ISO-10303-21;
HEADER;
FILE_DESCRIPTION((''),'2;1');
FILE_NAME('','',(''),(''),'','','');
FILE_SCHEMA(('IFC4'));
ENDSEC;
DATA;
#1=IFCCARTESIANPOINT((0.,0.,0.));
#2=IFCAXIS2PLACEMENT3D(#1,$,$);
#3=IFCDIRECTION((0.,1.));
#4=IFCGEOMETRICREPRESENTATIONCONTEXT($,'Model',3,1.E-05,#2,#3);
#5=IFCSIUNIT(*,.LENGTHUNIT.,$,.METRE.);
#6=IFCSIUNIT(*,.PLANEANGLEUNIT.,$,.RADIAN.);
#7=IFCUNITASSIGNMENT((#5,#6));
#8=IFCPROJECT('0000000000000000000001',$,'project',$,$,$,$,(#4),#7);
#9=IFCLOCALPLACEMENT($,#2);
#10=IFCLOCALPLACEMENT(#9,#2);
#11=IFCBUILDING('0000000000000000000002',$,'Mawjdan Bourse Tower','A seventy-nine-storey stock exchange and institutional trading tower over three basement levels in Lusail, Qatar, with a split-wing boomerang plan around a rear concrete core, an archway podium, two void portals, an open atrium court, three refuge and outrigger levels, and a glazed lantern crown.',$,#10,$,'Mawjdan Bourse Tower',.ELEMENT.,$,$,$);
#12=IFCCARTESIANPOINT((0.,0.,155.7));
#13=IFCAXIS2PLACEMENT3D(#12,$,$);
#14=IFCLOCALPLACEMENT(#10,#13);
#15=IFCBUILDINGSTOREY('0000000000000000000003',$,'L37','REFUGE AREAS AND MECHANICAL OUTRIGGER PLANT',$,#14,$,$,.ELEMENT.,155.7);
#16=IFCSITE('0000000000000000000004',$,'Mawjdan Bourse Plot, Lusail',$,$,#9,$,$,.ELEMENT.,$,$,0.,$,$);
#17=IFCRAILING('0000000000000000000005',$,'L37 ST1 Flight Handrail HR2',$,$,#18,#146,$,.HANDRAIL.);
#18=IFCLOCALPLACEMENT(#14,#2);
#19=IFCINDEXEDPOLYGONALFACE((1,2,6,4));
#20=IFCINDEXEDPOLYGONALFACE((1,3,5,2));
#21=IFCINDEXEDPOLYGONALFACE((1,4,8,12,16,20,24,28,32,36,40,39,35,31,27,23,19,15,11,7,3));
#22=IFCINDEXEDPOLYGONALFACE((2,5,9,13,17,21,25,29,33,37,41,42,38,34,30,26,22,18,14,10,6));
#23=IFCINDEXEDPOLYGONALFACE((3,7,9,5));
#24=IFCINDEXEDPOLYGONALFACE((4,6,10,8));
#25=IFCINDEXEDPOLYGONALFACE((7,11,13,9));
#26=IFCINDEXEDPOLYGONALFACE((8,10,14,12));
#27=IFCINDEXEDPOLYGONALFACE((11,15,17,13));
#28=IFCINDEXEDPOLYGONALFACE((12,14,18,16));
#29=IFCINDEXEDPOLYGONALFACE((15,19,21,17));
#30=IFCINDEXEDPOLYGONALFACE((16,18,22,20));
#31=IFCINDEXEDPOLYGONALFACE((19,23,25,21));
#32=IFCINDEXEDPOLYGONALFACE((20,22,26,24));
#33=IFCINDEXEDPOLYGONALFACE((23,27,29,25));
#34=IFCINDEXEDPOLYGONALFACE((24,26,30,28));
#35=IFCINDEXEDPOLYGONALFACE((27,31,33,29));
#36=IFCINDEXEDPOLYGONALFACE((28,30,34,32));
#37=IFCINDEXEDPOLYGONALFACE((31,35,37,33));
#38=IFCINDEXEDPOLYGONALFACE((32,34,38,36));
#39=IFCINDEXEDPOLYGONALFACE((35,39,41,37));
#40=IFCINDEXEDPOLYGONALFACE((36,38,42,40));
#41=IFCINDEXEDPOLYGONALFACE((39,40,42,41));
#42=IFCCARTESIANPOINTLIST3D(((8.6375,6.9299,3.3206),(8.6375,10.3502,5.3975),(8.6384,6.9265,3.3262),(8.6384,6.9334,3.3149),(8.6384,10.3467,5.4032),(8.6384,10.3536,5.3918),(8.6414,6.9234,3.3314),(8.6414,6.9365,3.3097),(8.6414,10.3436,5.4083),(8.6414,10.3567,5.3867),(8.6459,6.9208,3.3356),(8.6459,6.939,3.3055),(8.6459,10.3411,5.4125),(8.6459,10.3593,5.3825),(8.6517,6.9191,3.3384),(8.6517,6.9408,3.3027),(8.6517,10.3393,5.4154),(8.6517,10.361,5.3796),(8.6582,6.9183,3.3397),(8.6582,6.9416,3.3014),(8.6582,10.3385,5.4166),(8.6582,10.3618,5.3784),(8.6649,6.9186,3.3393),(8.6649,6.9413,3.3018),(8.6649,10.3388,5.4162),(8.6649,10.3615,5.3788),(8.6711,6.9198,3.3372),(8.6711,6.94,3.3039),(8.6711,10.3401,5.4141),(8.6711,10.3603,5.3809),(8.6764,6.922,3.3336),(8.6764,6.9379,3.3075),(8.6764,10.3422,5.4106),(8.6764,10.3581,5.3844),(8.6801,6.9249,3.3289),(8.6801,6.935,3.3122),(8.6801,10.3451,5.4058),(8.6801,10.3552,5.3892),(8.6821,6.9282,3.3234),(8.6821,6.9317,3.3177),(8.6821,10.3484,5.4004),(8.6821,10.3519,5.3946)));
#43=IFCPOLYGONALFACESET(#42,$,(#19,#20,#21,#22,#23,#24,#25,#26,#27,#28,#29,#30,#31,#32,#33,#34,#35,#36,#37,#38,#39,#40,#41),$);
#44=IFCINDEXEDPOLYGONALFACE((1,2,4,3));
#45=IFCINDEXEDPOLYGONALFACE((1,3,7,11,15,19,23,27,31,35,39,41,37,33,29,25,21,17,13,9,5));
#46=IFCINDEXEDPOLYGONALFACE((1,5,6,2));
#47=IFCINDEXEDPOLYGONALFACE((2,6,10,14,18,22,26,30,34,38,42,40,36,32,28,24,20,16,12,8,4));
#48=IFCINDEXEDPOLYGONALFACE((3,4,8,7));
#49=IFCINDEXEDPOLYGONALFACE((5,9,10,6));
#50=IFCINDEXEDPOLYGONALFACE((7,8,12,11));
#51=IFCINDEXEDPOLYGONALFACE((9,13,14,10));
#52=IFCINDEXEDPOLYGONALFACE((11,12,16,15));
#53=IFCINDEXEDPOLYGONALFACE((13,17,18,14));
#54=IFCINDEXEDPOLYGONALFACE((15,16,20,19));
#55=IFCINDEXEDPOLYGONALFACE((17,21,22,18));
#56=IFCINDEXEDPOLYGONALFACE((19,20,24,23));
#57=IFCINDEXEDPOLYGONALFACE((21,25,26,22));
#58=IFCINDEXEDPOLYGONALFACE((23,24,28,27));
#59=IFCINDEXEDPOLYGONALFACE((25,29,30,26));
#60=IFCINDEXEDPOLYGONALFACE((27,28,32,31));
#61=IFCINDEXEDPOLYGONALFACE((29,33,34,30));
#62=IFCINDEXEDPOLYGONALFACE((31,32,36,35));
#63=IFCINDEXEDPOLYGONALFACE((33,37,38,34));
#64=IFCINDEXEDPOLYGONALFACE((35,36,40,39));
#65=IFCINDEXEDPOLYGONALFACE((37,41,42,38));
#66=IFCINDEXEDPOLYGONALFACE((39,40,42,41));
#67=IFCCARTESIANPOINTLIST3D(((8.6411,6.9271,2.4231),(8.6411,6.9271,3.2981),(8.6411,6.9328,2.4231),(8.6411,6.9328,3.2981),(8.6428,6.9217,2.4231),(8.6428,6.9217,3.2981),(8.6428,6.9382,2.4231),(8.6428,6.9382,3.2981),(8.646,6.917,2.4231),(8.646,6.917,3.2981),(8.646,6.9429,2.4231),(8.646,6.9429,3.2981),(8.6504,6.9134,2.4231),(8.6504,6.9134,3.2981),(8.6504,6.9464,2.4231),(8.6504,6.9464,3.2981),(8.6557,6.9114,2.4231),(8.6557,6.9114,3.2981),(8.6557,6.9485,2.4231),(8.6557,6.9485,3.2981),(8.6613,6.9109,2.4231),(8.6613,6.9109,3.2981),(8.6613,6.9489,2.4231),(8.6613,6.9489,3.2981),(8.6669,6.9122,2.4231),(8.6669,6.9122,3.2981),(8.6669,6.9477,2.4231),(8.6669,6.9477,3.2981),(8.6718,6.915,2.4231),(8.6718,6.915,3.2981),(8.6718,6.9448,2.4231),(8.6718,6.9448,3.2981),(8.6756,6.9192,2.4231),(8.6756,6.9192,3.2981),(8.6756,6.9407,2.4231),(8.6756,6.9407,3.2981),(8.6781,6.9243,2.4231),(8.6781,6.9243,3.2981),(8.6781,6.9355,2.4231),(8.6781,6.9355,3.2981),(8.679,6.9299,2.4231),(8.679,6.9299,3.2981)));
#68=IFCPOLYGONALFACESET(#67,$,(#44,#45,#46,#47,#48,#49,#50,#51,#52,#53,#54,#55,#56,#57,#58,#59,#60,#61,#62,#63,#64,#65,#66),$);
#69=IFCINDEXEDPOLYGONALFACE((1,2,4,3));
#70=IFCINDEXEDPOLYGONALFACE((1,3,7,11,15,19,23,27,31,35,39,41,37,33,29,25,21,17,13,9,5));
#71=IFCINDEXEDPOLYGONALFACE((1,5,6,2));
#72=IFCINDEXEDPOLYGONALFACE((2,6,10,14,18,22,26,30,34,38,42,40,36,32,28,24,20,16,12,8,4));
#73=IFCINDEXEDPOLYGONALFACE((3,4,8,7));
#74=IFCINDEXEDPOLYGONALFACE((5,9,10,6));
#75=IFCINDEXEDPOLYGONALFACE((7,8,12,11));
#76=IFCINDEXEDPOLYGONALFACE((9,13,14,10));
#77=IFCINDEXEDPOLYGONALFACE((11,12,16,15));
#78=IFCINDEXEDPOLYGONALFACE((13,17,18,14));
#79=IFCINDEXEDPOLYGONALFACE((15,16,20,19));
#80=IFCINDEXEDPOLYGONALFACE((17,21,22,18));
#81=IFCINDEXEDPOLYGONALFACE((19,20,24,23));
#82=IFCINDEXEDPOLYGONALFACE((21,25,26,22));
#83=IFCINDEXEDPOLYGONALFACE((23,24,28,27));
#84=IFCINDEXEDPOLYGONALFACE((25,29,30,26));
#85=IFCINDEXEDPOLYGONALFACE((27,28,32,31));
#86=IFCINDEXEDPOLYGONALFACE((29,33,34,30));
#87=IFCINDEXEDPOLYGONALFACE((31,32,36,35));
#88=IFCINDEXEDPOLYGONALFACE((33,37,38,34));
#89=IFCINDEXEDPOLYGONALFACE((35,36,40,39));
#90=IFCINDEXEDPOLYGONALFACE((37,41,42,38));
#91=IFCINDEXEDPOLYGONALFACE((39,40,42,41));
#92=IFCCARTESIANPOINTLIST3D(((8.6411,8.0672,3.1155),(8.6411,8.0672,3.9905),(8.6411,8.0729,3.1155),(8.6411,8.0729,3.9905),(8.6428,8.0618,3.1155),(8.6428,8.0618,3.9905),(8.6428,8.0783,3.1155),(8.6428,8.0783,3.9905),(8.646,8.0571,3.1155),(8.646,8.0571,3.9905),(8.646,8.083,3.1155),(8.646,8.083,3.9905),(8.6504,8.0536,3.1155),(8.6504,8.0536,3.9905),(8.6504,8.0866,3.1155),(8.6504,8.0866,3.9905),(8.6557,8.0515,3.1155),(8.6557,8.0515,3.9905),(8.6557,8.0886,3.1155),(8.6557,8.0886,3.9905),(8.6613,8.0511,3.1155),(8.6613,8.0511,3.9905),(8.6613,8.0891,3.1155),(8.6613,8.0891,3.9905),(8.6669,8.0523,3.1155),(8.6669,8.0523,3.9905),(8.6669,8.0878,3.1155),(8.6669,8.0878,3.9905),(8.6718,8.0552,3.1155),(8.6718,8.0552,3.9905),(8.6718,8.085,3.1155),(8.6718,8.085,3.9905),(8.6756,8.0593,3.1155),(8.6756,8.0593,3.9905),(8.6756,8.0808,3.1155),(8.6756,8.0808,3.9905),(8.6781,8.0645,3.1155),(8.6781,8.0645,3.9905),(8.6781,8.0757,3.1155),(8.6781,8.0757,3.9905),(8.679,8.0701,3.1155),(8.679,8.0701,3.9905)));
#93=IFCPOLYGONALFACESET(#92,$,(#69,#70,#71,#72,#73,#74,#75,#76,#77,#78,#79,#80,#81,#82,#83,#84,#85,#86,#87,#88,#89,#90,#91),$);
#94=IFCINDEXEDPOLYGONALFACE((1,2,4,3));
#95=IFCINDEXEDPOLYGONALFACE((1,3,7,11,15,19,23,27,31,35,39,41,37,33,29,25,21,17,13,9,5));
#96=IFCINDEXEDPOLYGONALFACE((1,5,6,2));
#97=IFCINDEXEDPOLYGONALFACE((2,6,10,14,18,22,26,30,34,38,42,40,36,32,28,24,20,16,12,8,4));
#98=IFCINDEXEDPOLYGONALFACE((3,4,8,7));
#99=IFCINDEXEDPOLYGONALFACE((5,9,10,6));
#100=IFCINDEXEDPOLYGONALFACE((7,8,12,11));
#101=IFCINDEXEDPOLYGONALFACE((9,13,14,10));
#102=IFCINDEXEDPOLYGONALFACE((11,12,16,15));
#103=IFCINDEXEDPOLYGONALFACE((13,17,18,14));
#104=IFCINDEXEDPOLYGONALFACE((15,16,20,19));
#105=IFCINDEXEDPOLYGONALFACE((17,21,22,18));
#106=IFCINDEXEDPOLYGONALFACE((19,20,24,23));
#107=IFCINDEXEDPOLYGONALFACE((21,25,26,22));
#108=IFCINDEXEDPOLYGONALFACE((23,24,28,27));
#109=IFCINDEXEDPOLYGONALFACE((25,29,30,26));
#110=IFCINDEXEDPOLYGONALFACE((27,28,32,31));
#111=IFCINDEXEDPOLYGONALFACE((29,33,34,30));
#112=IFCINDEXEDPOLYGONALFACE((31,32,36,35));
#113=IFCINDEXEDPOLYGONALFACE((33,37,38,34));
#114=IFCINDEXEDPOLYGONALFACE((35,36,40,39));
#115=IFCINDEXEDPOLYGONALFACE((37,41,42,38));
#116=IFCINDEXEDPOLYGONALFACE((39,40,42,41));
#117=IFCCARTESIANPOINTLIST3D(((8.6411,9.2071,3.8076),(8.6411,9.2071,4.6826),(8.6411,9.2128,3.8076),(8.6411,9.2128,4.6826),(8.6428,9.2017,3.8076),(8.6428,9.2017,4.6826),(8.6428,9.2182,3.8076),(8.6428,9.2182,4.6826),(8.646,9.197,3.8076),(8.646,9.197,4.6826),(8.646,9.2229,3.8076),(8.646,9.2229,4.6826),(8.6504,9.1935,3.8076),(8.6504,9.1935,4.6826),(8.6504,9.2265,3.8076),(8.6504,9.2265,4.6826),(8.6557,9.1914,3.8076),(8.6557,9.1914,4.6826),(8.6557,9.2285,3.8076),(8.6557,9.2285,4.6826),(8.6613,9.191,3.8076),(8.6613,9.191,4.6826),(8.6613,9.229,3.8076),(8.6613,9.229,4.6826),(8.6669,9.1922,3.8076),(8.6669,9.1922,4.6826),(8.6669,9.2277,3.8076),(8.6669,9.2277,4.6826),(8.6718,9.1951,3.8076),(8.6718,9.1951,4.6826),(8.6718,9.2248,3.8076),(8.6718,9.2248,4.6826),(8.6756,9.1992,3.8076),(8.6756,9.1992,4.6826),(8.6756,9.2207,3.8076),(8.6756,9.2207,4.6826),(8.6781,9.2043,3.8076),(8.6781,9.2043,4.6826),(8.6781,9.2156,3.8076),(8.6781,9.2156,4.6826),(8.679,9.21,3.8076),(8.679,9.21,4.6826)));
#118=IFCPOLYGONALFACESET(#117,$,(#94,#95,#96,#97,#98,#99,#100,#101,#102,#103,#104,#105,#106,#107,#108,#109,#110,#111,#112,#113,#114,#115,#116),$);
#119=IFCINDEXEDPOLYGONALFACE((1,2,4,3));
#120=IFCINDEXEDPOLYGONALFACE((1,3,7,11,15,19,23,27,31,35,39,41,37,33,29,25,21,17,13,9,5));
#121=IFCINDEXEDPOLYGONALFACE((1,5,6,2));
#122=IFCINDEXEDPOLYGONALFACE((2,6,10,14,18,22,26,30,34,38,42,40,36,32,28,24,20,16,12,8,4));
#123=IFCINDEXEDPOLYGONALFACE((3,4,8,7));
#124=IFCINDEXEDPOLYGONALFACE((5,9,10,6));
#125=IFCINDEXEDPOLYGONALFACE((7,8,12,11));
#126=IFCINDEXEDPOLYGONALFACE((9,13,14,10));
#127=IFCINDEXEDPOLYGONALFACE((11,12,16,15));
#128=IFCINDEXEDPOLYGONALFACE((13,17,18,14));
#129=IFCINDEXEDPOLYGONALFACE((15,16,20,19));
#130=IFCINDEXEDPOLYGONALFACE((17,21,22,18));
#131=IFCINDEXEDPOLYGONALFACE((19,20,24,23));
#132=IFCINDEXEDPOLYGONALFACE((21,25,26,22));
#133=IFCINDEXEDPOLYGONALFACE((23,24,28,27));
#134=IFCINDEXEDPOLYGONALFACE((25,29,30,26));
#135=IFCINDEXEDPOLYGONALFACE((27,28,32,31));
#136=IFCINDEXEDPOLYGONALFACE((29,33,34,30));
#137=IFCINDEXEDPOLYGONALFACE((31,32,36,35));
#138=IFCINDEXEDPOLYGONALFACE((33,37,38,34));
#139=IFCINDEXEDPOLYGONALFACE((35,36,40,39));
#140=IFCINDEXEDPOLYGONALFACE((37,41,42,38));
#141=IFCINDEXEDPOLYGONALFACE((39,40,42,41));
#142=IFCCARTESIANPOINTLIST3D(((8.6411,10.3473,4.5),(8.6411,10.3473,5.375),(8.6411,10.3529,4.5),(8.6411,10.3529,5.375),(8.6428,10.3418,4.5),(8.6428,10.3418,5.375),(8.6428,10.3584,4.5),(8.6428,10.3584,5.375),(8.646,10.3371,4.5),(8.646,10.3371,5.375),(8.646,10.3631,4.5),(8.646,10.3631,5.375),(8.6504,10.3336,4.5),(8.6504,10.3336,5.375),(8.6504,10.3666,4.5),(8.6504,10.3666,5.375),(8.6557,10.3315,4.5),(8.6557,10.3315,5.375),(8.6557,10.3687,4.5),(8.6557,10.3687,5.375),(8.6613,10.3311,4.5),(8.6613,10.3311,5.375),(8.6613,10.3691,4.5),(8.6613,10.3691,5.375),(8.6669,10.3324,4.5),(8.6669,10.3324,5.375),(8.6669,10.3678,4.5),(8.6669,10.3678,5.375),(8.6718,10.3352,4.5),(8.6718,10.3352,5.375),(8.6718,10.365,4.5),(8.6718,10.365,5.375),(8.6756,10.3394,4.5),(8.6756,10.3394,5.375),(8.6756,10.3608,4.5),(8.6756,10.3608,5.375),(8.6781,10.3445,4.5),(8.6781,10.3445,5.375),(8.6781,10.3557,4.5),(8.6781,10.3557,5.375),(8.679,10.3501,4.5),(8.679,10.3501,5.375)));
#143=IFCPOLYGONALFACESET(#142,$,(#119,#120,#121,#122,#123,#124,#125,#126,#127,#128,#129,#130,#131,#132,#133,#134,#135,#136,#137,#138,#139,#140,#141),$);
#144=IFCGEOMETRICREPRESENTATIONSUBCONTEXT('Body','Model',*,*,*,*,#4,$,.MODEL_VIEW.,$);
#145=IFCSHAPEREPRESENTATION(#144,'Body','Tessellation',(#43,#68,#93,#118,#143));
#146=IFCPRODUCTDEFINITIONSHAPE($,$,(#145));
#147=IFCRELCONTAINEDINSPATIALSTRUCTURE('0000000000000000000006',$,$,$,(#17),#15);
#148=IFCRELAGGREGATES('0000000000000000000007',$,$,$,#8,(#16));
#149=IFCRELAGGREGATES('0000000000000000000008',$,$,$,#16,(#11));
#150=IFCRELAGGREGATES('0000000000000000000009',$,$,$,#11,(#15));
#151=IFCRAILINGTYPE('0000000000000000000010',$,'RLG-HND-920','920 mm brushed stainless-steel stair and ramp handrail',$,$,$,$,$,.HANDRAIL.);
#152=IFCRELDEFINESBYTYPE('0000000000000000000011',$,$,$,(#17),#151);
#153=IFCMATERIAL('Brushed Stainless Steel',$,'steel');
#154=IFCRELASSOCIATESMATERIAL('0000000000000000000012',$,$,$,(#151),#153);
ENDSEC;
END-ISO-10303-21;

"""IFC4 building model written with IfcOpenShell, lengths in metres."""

from ifc_helpers import new_model, si_unit, direction, frame, origin, origin_2d, place, context, subcontext, project, spatial, circle, extrude, material, type_object, element, save


model = new_model("IFC4")

# Units and contexts
model_context = context("Model", 3, precision=1e-05, world=origin(), true_north=direction((0.0, 1.0)))
body_context = subcontext(model_context, "Body", "Model", "MODEL_VIEW")
ifc_project = project(units=[si_unit("LENGTHUNIT", "METRE"), si_unit("PLANEANGLEUNIT", "RADIAN")], contexts=[model_context])

# Site, building, storey
site_placement = place(None, origin())
site = spatial("IfcSite", under=ifc_project, at=site_placement, Name="Mawjdan Bourse Plot, Lusail", CompositionType="ELEMENT", RefElevation=0.0)
building_placement = place(site_placement, origin())
building = spatial("IfcBuilding", under=site, at=building_placement, Name="Mawjdan Bourse Tower", Description="A seventy-nine-storey stock exchange and institutional trading tower over three basement levels in Lusail, Qatar, with a split-wing boomerang plan around a rear concrete core, an archway podium, two void portals, an open atrium court, three refuge and outrigger levels, and a glazed lantern crown.", LongName="Mawjdan Bourse Tower", CompositionType="ELEMENT")
storey_placement = place(building_placement, frame((0.0, 0.0, 155.7)))
storey = spatial("IfcBuildingStorey", under=building, at=storey_placement, Name="L37", Description="REFUGE AREAS AND MECHANICAL OUTRIGGER PLANT", CompositionType="ELEMENT", Elevation=155.7)

# Shared definitions
ifc_material_1 = material(Name="Brushed Stainless Steel", Category="steel")

# Railing
railing_type = type_object("IfcRailingType", Name="RLG-HND-920", Description="920 mm brushed stainless-steel stair and ramp handrail", PredefinedType="HANDRAIL", material=ifc_material_1)
railing_1_placement = place(storey_placement, frame((8.6599, 6.9299, 2.4231)))
element("IfcRailing", 1, at=railing_1_placement, inside=storey, type_object=railing_type, Name="L37 ST1 Flight Handrail HR2", PredefinedType="HANDRAIL", context=body_context, shape_type="SweptSolid", body=[
    extrude(circle(Radius=0.0225, at=origin_2d()), frame((0.0, 0.0, 0.8975), z_axis=(0.0, 0.854746, 0.519047), x_axis=(-1.0, 0.0, 0.0)), (0.0, 0.0, 1.0), 4.0015),
    extrude(circle(Radius=0.019, at=origin_2d()), origin(), (0.0, 0.0, 1.0), 0.875),
    extrude(circle(Radius=0.019, at=origin_2d()), frame((0.0, 1.1401, 0.6924)), (0.0, 0.0, 1.0), 0.875),
    extrude(circle(Radius=0.019, at=origin_2d()), frame((0.0, 2.28, 1.3845)), (0.0, 0.0, 1.0), 0.875),
    extrude(circle(Radius=0.019, at=origin_2d()), frame((0.0, 3.4202, 2.0769)), (0.0, 0.0, 1.0), 0.875),
])

save(model, "model.ifc")
